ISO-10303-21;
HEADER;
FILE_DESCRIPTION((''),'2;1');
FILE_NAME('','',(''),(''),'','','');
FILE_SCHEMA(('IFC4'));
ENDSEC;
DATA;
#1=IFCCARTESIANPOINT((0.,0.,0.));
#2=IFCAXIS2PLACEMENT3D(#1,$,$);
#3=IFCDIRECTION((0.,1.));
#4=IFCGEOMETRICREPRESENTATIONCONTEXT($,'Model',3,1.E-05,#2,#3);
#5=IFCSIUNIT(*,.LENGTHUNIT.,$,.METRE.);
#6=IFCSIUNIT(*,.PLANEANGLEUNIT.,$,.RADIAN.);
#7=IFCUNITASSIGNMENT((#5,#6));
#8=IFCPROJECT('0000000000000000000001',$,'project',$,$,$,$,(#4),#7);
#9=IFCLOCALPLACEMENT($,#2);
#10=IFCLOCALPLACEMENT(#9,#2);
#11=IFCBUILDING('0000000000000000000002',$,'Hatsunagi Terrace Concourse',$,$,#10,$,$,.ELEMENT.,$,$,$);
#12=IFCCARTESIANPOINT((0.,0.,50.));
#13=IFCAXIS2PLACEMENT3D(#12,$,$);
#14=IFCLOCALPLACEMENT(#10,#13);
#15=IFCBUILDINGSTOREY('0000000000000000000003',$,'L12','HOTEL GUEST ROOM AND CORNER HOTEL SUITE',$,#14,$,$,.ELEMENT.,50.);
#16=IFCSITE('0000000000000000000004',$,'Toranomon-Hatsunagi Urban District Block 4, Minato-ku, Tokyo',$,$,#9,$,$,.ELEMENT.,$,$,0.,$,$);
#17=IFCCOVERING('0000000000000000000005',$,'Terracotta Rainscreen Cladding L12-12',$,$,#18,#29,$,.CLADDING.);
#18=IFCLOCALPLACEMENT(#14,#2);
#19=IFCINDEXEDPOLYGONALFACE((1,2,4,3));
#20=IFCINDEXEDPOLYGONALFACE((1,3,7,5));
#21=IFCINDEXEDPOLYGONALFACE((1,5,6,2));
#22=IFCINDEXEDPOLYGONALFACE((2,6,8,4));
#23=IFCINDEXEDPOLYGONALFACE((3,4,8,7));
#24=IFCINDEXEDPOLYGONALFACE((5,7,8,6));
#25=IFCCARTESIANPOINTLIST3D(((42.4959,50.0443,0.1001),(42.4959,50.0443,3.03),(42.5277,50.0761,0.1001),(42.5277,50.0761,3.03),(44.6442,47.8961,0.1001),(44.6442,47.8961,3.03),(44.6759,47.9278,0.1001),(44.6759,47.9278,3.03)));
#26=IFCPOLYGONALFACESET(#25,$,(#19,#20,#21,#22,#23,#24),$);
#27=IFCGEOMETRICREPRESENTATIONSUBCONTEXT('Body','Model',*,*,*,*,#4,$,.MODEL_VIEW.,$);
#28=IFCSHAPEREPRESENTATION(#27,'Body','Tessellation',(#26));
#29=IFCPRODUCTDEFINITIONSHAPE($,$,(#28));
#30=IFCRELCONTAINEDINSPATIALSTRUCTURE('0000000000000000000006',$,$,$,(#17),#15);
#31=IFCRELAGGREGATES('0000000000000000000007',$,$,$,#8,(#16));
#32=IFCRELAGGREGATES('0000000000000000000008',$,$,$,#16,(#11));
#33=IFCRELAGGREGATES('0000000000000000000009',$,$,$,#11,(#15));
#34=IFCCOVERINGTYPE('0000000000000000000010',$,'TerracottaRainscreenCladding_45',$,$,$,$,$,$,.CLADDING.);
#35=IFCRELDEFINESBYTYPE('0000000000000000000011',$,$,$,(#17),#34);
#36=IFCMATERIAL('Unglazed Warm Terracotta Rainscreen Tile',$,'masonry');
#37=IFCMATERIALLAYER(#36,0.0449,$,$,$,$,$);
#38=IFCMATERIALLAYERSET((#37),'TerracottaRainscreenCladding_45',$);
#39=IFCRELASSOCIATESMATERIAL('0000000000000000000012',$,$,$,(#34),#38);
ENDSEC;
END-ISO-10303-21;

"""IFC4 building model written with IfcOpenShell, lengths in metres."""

from ifc_helpers import new_model, si_unit, direction, frame, origin, origin_2d, place, context, subcontext, project, spatial, rectangle, extrude, material, layer, layer_set, type_object, element, save


model = new_model("IFC4")

# Units and contexts
model_context = context("Model", 3, precision=1e-05, world=origin(), true_north=direction((0.0, 1.0)))
body_context = subcontext(model_context, "Body", "Model", "MODEL_VIEW")
ifc_project = project(units=[si_unit("LENGTHUNIT", "METRE"), si_unit("PLANEANGLEUNIT", "RADIAN")], contexts=[model_context])

# Site, building, storey
site_placement = place(None, origin())
site = spatial("IfcSite", under=ifc_project, at=site_placement, Name="Toranomon-Hatsunagi Urban District Block 4, Minato-ku, Tokyo", CompositionType="ELEMENT", RefElevation=0.0)
building_placement = place(site_placement, origin())
building = spatial("IfcBuilding", under=site, at=building_placement, Name="Hatsunagi Terrace Concourse", CompositionType="ELEMENT")
storey_placement = place(building_placement, frame((0.0, 0.0, 50.0)))
storey = spatial("IfcBuildingStorey", under=building, at=storey_placement, Name="L12", Description="HOTEL GUEST ROOM AND CORNER HOTEL SUITE", CompositionType="ELEMENT", Elevation=50.0)

# Covering
ifc_material_1 = material(Name="Unglazed Warm Terracotta Rainscreen Tile", Category="masonry")
ifc_layer_1 = layer(ifc_material_1, 0.0449)
ifc_layer_set_1 = layer_set([ifc_layer_1], Name="TerracottaRainscreenCladding_45")
covering_type = type_object("IfcCoveringType", Name="TerracottaRainscreenCladding_45", PredefinedType="CLADDING", material=ifc_layer_set_1)
covering_placement = place(storey_placement, frame((43.5859, 48.9861, 0.1001), z_axis=(0.0, 0.0, 1.0), x_axis=(0.707107, -0.707107, 0.0)))
element("IfcCovering", 1, at=covering_placement, inside=storey, type_object=covering_type, Name="Terracotta Rainscreen Cladding L12-12", PredefinedType="CLADDING", context=body_context, shape_type="SweptSolid", body=[
    extrude(rectangle(XDim=3.0381, YDim=0.0449, at=origin_2d()), origin(), (0.0, 0.0, 1.0), 2.9299),
])

save(model, "model.ifc")
